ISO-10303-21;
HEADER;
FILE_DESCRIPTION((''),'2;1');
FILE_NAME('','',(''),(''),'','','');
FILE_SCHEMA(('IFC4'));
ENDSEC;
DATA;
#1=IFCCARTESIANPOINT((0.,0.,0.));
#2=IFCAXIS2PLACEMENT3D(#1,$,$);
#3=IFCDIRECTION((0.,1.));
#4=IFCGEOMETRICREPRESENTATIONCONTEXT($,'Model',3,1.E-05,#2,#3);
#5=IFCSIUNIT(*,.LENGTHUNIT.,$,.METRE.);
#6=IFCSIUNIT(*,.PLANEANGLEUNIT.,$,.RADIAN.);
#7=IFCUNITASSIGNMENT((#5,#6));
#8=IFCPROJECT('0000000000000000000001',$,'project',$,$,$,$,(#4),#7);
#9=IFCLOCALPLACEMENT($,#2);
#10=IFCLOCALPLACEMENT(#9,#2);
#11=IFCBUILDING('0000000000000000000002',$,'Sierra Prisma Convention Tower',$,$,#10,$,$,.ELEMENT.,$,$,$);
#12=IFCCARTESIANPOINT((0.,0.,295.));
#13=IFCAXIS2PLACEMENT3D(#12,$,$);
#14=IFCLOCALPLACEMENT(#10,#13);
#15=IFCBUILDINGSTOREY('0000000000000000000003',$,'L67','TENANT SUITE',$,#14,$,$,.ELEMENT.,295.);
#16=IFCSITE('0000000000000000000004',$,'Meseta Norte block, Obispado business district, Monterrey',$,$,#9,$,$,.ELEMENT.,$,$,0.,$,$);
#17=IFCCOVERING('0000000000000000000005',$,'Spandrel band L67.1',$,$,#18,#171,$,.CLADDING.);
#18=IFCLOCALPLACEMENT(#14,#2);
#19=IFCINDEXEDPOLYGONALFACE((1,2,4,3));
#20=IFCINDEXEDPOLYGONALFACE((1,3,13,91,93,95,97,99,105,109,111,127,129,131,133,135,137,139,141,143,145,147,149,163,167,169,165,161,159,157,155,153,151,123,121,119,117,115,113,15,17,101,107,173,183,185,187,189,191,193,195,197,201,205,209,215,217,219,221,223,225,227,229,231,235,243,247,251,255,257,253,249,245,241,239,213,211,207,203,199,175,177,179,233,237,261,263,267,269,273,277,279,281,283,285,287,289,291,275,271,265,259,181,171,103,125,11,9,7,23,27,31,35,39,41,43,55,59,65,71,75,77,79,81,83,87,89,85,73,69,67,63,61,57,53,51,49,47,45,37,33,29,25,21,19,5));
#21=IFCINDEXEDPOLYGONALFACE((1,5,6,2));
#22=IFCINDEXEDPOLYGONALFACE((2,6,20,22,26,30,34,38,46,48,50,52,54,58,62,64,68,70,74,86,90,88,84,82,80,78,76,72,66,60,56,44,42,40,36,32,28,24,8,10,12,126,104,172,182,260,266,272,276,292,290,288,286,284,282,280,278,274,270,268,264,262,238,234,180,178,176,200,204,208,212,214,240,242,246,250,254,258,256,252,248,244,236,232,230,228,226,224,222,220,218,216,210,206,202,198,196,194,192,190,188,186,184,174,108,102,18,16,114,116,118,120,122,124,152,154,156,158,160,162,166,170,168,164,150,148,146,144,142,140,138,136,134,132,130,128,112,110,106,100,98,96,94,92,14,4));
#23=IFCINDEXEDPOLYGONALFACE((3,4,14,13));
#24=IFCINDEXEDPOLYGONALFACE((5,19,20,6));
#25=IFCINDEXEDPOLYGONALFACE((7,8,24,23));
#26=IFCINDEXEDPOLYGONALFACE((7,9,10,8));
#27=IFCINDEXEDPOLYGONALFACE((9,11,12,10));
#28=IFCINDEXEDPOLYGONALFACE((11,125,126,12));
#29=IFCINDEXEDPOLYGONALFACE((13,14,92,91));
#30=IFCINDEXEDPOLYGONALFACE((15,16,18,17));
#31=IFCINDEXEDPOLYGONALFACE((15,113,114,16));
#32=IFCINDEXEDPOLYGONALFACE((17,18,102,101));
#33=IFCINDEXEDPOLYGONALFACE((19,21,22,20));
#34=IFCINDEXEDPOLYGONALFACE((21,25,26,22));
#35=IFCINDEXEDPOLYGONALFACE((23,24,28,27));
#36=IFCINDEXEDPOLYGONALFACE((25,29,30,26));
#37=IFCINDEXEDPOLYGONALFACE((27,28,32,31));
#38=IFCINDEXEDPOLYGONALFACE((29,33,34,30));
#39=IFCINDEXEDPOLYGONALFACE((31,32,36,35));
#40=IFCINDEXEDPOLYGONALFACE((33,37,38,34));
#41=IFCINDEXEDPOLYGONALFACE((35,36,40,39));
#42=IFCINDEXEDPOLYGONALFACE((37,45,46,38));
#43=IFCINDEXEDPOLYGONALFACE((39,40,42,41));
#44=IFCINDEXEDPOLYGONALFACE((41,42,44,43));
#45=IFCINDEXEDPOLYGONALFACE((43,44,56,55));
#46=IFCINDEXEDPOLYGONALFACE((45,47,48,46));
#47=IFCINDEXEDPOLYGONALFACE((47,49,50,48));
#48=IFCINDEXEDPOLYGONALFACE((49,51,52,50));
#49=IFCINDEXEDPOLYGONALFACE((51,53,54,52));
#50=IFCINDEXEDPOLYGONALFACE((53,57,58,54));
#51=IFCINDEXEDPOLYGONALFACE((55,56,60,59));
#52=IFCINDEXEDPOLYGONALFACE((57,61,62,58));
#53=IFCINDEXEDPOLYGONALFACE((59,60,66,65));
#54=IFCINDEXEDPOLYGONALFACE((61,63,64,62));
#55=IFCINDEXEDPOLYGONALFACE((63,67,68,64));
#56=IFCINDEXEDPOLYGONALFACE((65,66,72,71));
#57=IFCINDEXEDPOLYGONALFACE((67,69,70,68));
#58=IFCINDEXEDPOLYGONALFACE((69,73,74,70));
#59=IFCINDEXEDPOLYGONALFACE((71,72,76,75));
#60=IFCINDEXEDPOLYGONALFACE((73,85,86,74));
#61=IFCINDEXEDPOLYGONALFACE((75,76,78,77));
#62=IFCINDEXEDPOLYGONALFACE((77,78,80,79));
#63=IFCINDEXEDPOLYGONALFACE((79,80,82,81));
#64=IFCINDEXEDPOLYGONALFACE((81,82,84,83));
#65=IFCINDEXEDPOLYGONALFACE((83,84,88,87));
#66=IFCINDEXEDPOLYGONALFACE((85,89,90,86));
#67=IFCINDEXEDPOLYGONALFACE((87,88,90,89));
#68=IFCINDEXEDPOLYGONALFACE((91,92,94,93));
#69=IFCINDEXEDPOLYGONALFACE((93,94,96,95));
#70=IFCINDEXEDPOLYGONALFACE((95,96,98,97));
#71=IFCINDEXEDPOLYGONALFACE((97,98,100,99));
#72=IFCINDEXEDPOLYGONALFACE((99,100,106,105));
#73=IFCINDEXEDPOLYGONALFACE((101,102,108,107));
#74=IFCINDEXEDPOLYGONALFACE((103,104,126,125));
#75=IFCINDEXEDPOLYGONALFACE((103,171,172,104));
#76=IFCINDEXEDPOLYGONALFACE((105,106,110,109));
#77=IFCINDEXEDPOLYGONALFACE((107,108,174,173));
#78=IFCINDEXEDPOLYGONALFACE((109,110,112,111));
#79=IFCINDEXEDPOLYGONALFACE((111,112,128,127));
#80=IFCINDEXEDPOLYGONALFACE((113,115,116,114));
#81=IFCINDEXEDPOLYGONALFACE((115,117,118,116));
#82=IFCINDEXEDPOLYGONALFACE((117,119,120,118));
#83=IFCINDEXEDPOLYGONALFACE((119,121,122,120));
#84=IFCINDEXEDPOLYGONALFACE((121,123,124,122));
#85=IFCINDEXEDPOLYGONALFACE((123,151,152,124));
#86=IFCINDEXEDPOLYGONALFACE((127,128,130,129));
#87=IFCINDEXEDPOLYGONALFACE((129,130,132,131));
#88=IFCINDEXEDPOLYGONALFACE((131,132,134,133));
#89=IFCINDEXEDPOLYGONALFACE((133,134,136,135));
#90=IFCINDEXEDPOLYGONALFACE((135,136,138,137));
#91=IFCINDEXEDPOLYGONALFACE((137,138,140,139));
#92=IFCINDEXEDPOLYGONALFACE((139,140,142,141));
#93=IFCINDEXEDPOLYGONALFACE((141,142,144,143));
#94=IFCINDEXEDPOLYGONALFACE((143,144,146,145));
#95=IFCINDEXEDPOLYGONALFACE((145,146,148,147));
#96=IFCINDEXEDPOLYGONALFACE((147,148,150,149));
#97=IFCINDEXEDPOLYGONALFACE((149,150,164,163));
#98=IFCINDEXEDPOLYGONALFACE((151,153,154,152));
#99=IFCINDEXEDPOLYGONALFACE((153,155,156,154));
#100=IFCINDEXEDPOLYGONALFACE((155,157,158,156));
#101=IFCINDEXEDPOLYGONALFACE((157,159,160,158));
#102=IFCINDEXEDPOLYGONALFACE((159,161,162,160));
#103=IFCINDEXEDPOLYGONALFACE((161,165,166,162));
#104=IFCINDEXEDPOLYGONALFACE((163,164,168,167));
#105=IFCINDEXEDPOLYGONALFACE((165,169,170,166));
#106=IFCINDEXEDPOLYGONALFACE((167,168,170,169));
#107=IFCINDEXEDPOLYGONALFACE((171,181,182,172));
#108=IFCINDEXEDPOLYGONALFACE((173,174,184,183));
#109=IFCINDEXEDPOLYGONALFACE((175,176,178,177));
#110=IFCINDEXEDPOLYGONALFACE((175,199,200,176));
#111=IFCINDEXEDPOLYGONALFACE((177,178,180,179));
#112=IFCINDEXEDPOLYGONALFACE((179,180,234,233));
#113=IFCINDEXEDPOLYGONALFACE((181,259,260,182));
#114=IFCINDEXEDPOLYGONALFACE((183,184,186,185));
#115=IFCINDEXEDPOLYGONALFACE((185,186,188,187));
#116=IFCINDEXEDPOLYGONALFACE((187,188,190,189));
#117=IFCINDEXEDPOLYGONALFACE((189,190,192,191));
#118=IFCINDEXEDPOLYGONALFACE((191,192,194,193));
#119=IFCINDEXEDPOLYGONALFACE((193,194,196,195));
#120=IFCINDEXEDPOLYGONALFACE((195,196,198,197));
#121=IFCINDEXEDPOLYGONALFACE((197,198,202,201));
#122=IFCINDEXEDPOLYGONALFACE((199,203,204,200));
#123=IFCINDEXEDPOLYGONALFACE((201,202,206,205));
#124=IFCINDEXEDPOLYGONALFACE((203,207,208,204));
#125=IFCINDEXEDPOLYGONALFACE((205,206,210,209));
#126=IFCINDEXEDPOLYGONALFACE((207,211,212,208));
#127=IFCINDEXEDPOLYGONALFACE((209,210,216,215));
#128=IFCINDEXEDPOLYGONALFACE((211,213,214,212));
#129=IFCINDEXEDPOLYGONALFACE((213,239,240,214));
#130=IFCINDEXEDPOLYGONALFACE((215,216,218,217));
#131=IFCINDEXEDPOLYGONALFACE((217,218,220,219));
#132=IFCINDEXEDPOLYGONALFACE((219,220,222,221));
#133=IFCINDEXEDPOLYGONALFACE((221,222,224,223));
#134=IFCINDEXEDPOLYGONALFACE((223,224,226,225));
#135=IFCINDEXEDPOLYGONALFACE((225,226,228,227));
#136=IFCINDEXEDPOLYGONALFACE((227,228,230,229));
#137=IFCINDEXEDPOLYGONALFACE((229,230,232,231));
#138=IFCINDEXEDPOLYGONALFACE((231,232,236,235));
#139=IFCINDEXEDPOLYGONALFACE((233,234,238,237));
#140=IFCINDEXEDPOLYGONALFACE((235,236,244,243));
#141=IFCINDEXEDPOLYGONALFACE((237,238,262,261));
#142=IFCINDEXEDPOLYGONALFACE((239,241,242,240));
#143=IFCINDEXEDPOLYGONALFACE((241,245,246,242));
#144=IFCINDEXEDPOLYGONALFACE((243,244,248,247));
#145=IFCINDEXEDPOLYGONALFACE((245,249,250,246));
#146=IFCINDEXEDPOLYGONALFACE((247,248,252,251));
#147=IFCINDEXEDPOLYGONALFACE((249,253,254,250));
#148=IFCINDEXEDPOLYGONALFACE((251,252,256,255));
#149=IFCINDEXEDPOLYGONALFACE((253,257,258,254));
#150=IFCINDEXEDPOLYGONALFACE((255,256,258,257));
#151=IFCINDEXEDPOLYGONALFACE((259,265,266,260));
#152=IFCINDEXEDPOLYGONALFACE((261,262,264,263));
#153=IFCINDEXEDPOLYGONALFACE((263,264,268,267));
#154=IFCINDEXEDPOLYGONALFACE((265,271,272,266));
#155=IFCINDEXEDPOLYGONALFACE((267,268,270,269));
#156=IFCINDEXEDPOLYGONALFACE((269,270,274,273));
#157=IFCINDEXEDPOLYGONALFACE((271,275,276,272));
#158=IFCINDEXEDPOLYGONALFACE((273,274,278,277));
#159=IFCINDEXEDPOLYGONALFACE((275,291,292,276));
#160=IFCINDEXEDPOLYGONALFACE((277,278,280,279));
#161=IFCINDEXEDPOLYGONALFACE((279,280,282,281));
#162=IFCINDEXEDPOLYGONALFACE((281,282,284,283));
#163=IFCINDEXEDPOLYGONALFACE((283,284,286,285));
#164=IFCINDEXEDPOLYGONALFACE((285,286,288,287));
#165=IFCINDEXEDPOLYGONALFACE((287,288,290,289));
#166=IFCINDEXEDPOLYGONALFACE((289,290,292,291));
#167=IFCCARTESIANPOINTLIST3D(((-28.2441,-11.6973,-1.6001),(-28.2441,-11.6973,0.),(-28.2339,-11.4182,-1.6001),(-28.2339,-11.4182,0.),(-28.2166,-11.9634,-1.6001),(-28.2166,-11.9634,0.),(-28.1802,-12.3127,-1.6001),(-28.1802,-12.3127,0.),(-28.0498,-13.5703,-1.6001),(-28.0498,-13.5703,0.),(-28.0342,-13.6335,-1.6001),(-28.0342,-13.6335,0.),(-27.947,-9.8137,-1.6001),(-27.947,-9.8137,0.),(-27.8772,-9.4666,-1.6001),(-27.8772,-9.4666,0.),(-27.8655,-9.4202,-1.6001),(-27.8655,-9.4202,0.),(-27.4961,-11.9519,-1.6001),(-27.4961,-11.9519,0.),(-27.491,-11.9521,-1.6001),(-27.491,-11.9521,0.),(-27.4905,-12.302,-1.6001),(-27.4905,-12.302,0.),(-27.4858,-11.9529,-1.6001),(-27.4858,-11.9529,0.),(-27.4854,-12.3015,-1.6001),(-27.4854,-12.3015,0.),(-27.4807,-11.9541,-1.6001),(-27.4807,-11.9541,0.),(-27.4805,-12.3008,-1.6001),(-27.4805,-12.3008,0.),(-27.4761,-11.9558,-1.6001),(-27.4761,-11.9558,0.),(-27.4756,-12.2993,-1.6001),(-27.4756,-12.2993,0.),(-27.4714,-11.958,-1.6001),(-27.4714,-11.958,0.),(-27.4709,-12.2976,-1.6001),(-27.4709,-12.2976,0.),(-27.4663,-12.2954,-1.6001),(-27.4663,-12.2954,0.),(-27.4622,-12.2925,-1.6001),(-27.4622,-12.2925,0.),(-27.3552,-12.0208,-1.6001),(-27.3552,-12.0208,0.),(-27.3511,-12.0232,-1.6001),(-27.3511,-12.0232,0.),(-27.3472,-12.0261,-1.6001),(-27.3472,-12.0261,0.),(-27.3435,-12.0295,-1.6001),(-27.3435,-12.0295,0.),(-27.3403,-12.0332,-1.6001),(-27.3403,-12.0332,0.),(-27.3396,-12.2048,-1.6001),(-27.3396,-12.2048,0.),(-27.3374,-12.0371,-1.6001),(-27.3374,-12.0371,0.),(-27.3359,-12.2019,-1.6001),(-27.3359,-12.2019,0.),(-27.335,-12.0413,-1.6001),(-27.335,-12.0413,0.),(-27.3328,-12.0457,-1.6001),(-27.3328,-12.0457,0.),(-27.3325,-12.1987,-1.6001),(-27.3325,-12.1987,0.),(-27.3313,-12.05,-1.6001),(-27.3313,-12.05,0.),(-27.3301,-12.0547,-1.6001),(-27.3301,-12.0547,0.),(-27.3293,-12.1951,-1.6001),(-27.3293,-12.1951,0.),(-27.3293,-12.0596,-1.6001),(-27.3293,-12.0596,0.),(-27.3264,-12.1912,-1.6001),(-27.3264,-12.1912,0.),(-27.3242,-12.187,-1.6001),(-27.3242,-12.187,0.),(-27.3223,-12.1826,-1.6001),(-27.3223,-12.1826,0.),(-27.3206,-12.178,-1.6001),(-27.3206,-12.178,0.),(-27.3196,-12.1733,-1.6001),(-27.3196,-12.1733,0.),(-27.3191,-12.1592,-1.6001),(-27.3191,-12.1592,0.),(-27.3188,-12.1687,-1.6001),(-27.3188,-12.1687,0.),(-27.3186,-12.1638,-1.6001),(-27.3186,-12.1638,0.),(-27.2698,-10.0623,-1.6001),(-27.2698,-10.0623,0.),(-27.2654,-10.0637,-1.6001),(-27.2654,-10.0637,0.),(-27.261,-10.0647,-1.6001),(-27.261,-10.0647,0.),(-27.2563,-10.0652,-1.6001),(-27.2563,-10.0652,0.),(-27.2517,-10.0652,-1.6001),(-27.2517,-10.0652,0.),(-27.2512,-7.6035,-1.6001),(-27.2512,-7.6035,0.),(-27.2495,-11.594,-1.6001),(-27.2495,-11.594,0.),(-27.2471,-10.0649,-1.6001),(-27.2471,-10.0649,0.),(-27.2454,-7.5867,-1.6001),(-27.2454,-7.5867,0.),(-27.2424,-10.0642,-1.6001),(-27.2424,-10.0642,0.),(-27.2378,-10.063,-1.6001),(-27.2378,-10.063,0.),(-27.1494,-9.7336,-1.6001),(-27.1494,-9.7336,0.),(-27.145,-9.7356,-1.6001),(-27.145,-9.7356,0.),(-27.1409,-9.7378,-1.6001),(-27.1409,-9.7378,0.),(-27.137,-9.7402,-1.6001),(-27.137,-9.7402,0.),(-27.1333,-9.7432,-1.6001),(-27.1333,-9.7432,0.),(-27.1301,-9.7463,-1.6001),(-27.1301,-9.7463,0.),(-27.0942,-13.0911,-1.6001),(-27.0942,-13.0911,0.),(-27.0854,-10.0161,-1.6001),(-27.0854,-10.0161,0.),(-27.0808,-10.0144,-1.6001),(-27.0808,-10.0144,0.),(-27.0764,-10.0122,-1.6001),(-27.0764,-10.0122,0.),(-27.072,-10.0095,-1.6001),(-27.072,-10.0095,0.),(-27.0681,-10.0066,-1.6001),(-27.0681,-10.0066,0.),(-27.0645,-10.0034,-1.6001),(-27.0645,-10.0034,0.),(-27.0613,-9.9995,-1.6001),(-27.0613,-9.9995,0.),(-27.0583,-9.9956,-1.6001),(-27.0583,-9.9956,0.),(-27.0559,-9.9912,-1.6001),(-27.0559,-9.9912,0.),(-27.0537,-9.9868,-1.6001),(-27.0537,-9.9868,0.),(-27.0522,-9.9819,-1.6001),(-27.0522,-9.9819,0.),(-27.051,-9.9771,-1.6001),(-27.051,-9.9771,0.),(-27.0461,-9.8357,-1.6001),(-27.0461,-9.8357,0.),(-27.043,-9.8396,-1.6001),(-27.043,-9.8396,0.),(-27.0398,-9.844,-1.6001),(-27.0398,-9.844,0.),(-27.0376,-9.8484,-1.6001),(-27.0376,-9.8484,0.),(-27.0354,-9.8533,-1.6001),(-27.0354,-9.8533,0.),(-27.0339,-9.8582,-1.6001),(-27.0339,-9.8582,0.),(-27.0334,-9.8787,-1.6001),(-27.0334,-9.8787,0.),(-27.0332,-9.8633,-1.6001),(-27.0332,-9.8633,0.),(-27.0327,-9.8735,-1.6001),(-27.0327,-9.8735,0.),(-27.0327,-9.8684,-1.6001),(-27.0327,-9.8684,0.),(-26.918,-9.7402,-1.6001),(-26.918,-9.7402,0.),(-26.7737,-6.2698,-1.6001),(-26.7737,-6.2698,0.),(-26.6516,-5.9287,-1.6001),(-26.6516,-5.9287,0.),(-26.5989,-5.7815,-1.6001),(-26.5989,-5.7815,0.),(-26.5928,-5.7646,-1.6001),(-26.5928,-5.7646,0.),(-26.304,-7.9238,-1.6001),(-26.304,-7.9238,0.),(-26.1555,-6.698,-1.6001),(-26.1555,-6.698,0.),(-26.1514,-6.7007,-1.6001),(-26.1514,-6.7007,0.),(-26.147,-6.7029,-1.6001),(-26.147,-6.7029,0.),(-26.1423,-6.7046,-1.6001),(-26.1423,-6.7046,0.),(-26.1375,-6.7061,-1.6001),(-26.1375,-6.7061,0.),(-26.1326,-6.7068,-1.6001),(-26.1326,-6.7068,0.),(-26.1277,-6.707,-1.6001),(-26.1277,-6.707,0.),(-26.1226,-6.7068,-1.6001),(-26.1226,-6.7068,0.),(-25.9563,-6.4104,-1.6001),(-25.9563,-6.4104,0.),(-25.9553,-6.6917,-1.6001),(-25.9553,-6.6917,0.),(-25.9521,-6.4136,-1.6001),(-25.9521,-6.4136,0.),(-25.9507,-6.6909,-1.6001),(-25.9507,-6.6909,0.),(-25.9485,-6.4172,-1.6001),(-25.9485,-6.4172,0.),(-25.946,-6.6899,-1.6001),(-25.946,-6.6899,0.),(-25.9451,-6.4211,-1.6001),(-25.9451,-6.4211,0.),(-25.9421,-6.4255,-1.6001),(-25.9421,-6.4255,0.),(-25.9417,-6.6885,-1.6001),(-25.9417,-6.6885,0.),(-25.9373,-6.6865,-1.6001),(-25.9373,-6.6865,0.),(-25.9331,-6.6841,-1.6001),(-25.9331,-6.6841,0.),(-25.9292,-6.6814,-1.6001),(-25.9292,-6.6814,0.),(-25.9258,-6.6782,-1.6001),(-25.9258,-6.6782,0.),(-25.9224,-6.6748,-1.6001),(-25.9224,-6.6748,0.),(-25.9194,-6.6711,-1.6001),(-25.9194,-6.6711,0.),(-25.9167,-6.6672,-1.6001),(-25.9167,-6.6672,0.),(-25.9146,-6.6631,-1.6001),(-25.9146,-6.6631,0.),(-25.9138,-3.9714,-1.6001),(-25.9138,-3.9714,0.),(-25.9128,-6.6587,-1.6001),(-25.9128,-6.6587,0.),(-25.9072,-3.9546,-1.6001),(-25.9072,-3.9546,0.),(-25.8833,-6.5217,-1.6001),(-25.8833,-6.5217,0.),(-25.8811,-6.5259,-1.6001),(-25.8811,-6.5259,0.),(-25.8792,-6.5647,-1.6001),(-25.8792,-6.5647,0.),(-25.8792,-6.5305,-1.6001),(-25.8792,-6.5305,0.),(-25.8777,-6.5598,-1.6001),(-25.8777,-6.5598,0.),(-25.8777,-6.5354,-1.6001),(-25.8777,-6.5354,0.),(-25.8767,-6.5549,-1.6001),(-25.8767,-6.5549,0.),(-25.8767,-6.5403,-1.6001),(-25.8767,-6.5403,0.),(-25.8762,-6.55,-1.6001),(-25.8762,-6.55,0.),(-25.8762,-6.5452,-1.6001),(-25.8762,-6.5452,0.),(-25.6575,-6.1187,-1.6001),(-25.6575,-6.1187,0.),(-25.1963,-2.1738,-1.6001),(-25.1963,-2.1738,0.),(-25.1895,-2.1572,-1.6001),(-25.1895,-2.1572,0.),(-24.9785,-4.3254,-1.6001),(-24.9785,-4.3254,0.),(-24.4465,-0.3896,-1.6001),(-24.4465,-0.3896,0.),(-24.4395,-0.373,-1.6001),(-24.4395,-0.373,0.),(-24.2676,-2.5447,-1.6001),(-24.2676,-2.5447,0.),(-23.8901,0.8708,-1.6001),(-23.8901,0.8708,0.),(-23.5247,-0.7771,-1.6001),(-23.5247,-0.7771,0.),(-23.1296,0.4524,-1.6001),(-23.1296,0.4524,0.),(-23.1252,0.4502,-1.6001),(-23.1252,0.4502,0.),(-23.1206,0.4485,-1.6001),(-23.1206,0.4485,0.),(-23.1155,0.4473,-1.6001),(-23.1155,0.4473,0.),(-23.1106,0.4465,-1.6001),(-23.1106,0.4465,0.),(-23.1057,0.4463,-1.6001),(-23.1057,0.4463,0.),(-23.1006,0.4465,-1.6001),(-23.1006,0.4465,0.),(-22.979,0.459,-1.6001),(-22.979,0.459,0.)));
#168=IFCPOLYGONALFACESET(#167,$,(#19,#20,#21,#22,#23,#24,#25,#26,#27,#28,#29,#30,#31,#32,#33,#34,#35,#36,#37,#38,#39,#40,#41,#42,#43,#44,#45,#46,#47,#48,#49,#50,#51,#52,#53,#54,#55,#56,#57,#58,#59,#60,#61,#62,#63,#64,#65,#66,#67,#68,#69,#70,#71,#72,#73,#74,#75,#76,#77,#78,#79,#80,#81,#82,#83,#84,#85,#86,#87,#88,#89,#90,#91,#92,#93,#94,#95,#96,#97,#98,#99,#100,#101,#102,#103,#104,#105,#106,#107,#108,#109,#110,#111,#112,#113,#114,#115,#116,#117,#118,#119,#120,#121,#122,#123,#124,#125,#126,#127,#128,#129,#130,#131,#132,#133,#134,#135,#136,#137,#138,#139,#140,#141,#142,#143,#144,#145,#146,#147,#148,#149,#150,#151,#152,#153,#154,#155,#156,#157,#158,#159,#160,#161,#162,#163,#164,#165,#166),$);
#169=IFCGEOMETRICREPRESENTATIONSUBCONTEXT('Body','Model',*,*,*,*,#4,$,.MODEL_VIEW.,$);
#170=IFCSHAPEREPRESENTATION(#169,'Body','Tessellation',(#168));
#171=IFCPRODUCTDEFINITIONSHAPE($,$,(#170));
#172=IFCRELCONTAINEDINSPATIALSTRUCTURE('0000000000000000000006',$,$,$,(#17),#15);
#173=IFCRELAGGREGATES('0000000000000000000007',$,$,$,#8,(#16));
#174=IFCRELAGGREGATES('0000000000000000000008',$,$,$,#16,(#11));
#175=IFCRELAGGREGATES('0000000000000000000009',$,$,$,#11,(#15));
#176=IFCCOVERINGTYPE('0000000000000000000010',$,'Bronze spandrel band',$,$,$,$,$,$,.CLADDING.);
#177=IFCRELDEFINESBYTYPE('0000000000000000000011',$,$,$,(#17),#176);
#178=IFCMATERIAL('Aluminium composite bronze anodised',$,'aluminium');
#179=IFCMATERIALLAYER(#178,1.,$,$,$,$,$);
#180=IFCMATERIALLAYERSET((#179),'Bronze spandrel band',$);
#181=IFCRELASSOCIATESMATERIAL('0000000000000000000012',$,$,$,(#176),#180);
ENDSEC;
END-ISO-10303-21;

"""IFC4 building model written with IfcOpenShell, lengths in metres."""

from ifc_helpers import new_model, si_unit, direction, frame, origin, place, context, subcontext, project, spatial, polyline, outline, extrude, material, layer, layer_set, type_object, element, save


model = new_model("IFC4")

# Units and contexts
model_context = context("Model", 3, precision=1e-05, world=origin(), true_north=direction((0.0, 1.0)))
body_context = subcontext(model_context, "Body", "Model", "MODEL_VIEW")
ifc_project = project(units=[si_unit("LENGTHUNIT", "METRE"), si_unit("PLANEANGLEUNIT", "RADIAN")], contexts=[model_context])

# Site, building, storey
site_placement = place(None, origin())
site = spatial("IfcSite", under=ifc_project, at=site_placement, Name="Meseta Norte block, Obispado business district, Monterrey", CompositionType="ELEMENT", RefElevation=0.0)
building_placement = place(site_placement, origin())
building = spatial("IfcBuilding", under=site, at=building_placement, Name="Sierra Prisma Convention Tower", CompositionType="ELEMENT")
storey_placement = place(building_placement, frame((0.0, 0.0, 295.0)))
storey = spatial("IfcBuildingStorey", under=building, at=storey_placement, Name="L67", Description="TENANT SUITE", CompositionType="ELEMENT", Elevation=295.0)

# Covering
ifc_material_1 = material(Name="Aluminium composite bronze anodised", Category="aluminium")
ifc_layer_1 = layer(ifc_material_1, 1.0)
ifc_layer_set_1 = layer_set([ifc_layer_1], Name="Bronze spandrel band")
covering_type = type_object("IfcCoveringType", Name="Bronze spandrel band", PredefinedType="CLADDING", material=ifc_layer_set_1)
covering_1_placement = place(storey_placement, frame((0.0, 0.0, -1.6001)))
element("IfcCovering", 1, at=covering_1_placement, inside=storey, type_object=covering_type, Name="Spandrel band L67.1", PredefinedType="CLADDING", context=body_context, shape_type="SweptSolid", body=[
    extrude(outline(polyline([(-27.051, -9.9771), (-27.0334, -9.8787), (-27.0327, -9.8735), (-27.0327, -9.8684), (-27.0332, -9.8633), (-27.0339, -9.8582), (-27.0354, -9.8533), (-27.0376, -9.8484), (-27.0398, -9.844), (-27.043, -9.8396), (-27.0461, -9.8357), (-27.1301, -9.7463), (-27.1333, -9.7432), (-27.137, -9.7402), (-27.1409, -9.7378), (-27.145, -9.7356), (-27.1494, -9.7336), (-27.8772, -9.4666), (-27.8655, -9.4202), (-27.2512, -7.6035), (-27.2454, -7.5867), (-26.7737, -6.2698), (-26.1555, -6.698), (-26.1514, -6.7007), (-26.147, -6.7029), (-26.1423, -6.7046), (-26.1375, -6.7061), (-26.1326, -6.7068), (-26.1277, -6.707), (-26.1226, -6.7068), (-25.9553, -6.6917), (-25.9507, -6.6909), (-25.946, -6.6899), (-25.9417, -6.6885), (-25.9373, -6.6865), (-25.9331, -6.6841), (-25.9292, -6.6814), (-25.9258, -6.6782), (-25.9224, -6.6748), (-25.9194, -6.6711), (-25.9167, -6.6672), (-25.9146, -6.6631), (-25.9128, -6.6587), (-25.8792, -6.5647), (-25.8777, -6.5598), (-25.8767, -6.5549), (-25.8762, -6.55), (-25.8762, -6.5452), (-25.8767, -6.5403), (-25.8777, -6.5354), (-25.8792, -6.5305), (-25.8811, -6.5259), (-25.8833, -6.5217), (-25.9421, -6.4255), (-25.9451, -6.4211), (-25.9485, -6.4172), (-25.9521, -6.4136), (-25.9563, -6.4104), (-26.6516, -5.9287), (-26.5989, -5.7815), (-26.5928, -5.7646), (-25.9138, -3.9714), (-25.9072, -3.9546), (-25.1963, -2.1738), (-25.1895, -2.1572), (-24.4465, -0.3896), (-24.4395, -0.373), (-23.8901, 0.8708), (-23.1296, 0.4524), (-23.1252, 0.4502), (-23.1206, 0.4485), (-23.1155, 0.4473), (-23.1106, 0.4465), (-23.1057, 0.4463), (-23.1006, 0.4465), (-22.979, 0.459), (-23.5247, -0.7771), (-24.2676, -2.5447), (-24.9785, -4.3254), (-25.6575, -6.1187), (-26.304, -7.9238), (-26.918, -9.7402), (-27.2495, -11.594), (-27.0942, -13.0911), (-28.0342, -13.6335), (-28.0498, -13.5703), (-28.1802, -12.3127), (-27.4905, -12.302), (-27.4854, -12.3015), (-27.4805, -12.3008), (-27.4756, -12.2993), (-27.4709, -12.2976), (-27.4663, -12.2954), (-27.4622, -12.2925), (-27.3396, -12.2048), (-27.3359, -12.2019), (-27.3325, -12.1987), (-27.3293, -12.1951), (-27.3264, -12.1912), (-27.3242, -12.187), (-27.3223, -12.1826), (-27.3206, -12.178), (-27.3196, -12.1733), (-27.3188, -12.1687), (-27.3186, -12.1638), (-27.3191, -12.1592), (-27.3293, -12.0596), (-27.3301, -12.0547), (-27.3313, -12.05), (-27.3328, -12.0457), (-27.335, -12.0413), (-27.3374, -12.0371), (-27.3403, -12.0332), (-27.3435, -12.0295), (-27.3472, -12.0261), (-27.3511, -12.0232), (-27.3552, -12.0208), (-27.4714, -11.958), (-27.4761, -11.9558), (-27.4807, -11.9541), (-27.4858, -11.9529), (-27.491, -11.9521), (-27.4961, -11.9519), (-28.2166, -11.9634), (-28.2441, -11.6973), (-28.2339, -11.4182), (-27.947, -9.8137), (-27.2698, -10.0623), (-27.2654, -10.0637), (-27.261, -10.0647), (-27.2563, -10.0652), (-27.2517, -10.0652), (-27.2471, -10.0649), (-27.2424, -10.0642), (-27.2378, -10.063), (-27.0854, -10.0161), (-27.0808, -10.0144), (-27.0764, -10.0122), (-27.072, -10.0095), (-27.0681, -10.0066), (-27.0645, -10.0034), (-27.0613, -9.9995), (-27.0583, -9.9956), (-27.0559, -9.9912), (-27.0537, -9.9868), (-27.0522, -9.9819), (-27.051, -9.9771)])), origin(), (0.0, 0.0, 1.0), 1.6001),
])

save(model, "model.ifc")
